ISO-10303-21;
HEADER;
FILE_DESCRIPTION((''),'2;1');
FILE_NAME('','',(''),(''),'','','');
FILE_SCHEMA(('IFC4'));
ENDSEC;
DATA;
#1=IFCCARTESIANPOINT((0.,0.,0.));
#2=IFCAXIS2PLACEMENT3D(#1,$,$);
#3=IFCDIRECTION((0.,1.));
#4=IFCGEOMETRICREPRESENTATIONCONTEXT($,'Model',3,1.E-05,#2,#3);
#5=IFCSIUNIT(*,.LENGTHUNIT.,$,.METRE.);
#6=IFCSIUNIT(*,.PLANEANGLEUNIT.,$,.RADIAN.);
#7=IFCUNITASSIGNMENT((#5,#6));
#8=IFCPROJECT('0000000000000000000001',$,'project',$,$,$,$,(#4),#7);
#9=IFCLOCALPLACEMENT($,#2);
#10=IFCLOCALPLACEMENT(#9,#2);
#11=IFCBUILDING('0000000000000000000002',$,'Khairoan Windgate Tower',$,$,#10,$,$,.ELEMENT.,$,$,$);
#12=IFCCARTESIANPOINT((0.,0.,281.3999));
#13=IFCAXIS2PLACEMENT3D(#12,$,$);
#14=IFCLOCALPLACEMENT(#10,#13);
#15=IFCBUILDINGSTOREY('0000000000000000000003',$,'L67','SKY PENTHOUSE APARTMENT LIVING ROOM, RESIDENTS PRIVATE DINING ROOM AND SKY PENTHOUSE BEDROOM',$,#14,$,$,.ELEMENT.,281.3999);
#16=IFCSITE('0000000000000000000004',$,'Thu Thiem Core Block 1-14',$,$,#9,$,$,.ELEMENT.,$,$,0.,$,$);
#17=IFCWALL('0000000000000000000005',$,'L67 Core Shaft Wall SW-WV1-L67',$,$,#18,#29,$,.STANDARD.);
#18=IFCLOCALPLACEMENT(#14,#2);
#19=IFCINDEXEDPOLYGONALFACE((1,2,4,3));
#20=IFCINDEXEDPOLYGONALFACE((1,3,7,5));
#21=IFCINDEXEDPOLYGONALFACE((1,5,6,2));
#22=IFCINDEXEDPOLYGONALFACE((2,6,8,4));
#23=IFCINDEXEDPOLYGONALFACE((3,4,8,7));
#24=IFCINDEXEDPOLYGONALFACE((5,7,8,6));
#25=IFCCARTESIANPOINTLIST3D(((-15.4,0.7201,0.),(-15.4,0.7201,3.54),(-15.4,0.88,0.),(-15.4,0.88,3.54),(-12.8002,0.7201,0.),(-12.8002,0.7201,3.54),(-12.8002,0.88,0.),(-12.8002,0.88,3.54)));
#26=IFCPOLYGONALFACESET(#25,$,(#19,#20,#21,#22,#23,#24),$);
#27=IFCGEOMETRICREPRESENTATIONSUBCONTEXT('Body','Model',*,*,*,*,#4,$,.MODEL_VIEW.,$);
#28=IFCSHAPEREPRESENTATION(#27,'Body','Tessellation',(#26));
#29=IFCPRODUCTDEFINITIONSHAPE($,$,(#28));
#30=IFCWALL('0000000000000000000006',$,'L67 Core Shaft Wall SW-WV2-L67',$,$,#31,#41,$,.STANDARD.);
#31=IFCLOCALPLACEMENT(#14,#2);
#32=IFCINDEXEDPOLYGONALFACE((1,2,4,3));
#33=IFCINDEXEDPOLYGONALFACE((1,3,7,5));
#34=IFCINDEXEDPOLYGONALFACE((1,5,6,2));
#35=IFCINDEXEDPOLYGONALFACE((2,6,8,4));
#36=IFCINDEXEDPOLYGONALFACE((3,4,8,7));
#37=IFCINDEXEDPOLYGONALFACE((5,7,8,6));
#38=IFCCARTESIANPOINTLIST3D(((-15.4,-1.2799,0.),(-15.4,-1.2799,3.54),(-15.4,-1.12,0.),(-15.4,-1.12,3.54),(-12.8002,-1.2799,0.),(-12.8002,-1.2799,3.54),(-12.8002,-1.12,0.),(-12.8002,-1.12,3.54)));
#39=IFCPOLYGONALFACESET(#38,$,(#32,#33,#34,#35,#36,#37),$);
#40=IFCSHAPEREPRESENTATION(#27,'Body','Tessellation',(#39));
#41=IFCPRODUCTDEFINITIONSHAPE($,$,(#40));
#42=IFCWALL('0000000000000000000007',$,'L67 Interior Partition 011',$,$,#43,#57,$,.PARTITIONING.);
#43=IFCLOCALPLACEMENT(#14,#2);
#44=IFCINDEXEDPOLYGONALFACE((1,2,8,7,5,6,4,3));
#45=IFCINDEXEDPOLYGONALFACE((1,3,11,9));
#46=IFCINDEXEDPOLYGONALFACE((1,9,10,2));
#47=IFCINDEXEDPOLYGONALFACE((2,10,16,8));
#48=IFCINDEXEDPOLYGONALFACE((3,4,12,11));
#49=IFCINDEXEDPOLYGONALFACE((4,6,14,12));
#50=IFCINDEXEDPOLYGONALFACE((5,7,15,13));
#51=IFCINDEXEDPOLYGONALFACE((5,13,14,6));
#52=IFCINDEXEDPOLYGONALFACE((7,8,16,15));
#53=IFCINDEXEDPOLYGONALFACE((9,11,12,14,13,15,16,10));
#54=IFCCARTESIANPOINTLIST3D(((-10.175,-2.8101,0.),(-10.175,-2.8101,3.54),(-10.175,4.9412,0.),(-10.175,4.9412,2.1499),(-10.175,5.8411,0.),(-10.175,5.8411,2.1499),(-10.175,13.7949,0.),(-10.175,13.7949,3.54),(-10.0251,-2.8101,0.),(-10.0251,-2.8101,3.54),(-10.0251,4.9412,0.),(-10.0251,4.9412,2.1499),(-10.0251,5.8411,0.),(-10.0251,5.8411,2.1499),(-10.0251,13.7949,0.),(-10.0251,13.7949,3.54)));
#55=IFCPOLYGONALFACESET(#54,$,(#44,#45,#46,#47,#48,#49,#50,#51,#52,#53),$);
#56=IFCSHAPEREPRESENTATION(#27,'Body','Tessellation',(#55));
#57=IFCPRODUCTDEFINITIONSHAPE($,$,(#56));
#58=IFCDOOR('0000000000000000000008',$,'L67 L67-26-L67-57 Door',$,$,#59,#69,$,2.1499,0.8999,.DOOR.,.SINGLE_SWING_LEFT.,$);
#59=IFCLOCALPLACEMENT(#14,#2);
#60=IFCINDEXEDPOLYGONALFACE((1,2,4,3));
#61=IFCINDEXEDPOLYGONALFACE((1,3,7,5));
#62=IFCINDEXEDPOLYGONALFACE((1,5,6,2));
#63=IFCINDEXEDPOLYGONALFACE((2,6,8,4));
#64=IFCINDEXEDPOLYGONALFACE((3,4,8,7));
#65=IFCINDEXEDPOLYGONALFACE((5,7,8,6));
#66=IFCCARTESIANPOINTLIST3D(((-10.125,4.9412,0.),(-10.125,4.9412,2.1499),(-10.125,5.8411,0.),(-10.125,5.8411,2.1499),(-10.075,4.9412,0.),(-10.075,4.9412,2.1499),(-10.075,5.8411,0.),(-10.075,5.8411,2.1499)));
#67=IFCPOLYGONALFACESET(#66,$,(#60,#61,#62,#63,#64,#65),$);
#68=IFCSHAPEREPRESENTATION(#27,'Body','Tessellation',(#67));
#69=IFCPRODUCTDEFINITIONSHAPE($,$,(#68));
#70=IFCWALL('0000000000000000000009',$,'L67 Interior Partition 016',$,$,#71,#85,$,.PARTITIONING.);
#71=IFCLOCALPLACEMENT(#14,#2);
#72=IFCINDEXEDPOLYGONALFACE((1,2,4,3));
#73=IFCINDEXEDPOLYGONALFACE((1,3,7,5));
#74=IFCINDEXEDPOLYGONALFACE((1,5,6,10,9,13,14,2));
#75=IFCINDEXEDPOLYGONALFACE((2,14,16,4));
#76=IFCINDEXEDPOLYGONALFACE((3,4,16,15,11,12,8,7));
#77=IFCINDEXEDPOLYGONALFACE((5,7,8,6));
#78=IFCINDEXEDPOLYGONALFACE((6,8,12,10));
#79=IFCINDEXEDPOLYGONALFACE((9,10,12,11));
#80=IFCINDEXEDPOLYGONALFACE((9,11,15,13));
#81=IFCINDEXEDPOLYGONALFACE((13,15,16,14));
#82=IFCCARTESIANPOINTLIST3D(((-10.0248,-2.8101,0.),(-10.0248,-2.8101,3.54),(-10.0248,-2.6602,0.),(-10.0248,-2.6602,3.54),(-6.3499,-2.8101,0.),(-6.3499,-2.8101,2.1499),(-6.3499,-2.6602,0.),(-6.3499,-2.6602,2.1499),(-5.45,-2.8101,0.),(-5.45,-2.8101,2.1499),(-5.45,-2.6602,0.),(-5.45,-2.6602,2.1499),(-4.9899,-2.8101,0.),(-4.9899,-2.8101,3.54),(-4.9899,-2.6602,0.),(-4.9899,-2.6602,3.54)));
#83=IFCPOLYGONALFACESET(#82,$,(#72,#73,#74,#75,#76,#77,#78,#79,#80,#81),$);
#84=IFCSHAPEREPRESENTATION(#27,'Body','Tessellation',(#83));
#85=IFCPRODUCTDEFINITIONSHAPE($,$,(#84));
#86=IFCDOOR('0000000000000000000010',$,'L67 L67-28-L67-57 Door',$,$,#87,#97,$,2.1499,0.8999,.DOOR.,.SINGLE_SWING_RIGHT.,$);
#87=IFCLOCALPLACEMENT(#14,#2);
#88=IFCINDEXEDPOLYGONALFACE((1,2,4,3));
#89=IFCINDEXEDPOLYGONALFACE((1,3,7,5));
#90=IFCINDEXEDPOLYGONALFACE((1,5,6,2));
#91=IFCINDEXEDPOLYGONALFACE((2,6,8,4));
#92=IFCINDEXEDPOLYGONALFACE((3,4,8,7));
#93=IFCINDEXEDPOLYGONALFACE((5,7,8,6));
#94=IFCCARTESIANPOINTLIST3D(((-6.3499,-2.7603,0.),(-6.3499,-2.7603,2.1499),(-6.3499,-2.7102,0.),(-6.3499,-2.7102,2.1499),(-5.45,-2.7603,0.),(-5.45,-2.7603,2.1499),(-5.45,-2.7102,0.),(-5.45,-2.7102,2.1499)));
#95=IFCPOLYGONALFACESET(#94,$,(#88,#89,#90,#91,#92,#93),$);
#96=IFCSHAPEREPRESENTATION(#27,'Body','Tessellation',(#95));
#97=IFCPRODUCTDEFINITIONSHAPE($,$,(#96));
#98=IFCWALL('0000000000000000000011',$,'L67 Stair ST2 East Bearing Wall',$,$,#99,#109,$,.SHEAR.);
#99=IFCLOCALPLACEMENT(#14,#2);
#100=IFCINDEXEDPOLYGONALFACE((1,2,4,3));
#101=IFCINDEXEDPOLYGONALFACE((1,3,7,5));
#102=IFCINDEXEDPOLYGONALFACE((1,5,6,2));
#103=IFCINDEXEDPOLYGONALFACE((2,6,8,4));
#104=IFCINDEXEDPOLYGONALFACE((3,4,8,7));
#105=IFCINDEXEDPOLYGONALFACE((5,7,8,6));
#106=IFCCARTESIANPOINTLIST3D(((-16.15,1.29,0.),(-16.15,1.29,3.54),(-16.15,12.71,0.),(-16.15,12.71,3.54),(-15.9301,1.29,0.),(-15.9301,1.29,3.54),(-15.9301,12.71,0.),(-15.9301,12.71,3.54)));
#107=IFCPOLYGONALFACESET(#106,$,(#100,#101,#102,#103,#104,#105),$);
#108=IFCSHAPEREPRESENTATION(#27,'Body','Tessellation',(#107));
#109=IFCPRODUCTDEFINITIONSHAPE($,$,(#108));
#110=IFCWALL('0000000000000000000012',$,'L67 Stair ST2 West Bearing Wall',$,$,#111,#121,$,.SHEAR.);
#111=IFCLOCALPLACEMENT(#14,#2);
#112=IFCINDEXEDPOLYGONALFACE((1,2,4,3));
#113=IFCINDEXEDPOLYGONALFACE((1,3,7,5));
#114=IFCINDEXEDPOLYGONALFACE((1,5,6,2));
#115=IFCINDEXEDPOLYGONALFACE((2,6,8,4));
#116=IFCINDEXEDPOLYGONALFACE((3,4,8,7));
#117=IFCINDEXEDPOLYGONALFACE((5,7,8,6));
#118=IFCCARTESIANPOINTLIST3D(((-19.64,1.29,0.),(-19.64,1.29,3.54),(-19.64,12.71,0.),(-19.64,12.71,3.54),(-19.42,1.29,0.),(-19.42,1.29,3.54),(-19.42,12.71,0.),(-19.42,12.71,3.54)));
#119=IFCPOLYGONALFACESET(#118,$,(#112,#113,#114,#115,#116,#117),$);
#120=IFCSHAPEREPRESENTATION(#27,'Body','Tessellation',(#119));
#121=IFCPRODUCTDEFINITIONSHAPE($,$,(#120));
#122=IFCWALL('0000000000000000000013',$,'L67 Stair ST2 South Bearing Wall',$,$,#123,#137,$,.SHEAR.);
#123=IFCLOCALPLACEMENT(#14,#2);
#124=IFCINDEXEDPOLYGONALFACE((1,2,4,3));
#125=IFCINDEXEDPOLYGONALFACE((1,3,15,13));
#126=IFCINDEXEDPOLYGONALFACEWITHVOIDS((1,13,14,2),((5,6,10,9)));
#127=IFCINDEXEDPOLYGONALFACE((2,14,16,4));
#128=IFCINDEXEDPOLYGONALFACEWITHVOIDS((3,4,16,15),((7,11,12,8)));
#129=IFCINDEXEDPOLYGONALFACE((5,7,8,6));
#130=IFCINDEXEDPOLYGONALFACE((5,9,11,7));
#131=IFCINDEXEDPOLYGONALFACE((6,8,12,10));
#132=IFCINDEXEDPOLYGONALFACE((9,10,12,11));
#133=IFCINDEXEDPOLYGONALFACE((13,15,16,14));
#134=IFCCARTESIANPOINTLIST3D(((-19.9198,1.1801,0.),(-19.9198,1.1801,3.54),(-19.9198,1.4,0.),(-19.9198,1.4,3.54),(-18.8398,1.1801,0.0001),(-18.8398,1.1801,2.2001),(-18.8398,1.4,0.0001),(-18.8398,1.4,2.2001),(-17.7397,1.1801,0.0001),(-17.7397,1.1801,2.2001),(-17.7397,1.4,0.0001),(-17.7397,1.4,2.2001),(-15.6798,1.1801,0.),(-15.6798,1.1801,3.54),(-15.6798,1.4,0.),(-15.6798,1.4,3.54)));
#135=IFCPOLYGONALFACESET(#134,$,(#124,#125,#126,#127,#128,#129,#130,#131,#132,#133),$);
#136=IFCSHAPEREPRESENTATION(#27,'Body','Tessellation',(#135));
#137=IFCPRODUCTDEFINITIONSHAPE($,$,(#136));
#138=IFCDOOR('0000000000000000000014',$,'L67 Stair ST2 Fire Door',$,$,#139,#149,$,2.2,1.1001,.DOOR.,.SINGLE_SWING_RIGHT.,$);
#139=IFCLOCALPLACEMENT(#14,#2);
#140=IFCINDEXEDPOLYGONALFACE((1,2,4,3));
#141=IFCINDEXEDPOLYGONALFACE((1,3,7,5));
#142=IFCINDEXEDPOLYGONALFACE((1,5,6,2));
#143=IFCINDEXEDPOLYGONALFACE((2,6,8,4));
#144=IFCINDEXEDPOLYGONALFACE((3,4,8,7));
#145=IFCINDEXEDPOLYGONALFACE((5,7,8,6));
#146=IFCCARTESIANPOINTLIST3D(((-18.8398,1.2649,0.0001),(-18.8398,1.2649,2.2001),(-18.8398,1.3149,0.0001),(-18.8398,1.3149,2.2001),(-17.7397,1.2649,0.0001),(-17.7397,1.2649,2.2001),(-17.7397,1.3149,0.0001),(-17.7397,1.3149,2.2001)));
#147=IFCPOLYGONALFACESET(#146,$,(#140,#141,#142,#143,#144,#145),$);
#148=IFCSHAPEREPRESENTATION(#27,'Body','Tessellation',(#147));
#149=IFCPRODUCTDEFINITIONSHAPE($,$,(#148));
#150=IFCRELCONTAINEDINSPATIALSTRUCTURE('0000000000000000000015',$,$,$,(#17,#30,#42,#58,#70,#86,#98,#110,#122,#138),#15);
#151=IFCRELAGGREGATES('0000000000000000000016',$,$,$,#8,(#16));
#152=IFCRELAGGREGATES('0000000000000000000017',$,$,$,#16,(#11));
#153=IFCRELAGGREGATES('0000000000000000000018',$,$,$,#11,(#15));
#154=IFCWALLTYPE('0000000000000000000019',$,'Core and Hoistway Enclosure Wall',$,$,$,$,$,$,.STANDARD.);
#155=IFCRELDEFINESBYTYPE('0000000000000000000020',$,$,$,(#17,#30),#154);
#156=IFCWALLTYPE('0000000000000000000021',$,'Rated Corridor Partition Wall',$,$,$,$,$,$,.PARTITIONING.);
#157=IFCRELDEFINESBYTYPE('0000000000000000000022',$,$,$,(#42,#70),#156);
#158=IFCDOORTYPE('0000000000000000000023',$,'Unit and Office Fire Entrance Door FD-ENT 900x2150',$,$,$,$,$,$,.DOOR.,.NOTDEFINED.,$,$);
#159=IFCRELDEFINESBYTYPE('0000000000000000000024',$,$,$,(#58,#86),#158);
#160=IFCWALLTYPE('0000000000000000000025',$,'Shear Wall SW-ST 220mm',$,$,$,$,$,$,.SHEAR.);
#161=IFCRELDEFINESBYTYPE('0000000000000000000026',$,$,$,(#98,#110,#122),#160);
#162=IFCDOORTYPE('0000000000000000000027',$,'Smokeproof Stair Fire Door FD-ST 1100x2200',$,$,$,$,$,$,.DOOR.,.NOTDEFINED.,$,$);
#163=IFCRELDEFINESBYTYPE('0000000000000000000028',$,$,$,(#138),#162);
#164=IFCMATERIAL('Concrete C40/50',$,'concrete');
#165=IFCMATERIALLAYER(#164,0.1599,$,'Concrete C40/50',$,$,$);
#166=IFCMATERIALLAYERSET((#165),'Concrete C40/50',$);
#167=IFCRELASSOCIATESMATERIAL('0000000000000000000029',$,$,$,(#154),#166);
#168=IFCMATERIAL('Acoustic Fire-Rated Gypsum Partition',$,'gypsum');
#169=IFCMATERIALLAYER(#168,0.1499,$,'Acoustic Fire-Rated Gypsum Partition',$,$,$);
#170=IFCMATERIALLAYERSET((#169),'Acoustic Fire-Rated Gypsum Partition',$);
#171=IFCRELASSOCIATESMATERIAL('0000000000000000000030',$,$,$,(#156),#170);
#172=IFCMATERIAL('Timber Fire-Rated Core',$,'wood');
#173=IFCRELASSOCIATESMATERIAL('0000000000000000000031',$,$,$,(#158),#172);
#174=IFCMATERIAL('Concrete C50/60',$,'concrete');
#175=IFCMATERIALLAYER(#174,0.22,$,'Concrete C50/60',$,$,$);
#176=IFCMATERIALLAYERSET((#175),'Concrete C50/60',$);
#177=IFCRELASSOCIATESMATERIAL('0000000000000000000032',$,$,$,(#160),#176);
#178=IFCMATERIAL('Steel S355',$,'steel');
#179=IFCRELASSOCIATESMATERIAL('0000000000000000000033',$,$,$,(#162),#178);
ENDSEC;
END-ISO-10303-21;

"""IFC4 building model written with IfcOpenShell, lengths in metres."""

from ifc_helpers import new_model, si_unit, direction, frame, frame_2d, origin, place, context, subcontext, project, spatial, rectangle, extrude, material, layer, layer_set, type_object, element, fill, save


model = new_model("IFC4")

# Units and contexts
model_context = context("Model", 3, precision=1e-05, world=origin(), true_north=direction((0.0, 1.0)))
body_context = subcontext(model_context, "Body", "Model", "MODEL_VIEW")
ifc_project = project(units=[si_unit("LENGTHUNIT", "METRE"), si_unit("PLANEANGLEUNIT", "RADIAN")], contexts=[model_context])

# Site, building, storey
site_placement = place(None, origin())
site = spatial("IfcSite", under=ifc_project, at=site_placement, Name="Thu Thiem Core Block 1-14", CompositionType="ELEMENT", RefElevation=0.0)
building_placement = place(site_placement, origin())
building = spatial("IfcBuilding", under=site, at=building_placement, Name="Khairoan Windgate Tower", CompositionType="ELEMENT")
storey_placement = place(building_placement, frame((0.0, 0.0, 281.3999)))
storey = spatial("IfcBuildingStorey", under=building, at=storey_placement, Name="L67", Description="SKY PENTHOUSE APARTMENT LIVING ROOM, RESIDENTS PRIVATE DINING ROOM AND SKY PENTHOUSE BEDROOM", CompositionType="ELEMENT", Elevation=281.3999)

# Shared definitions
ifc_material_1 = material(Name="Concrete C40/50", Category="concrete")
ifc_layer_1 = layer(ifc_material_1, 0.1599, Name="Concrete C40/50")
ifc_layer_set_1 = layer_set([ifc_layer_1], Name="Concrete C40/50")
wall_type_1 = type_object("IfcWallType", Name="Core and Hoistway Enclosure Wall", PredefinedType="STANDARD", material=ifc_layer_set_1)

# Walls
for number, where, z_axis, x_axis, name in (
    (1, (-15.3999, 0.8, 0.0), (0.0, 0.0, 1.0), (1.0, 0.0, 0.0), "L67 Core Shaft Wall SW-WV1-L67"),
    (2, (-15.3999, -1.2, 0.0), (0.0, 0.0, 1.0), (1.0, 0.0, 0.0), "L67 Core Shaft Wall SW-WV2-L67"),
):
    element("IfcWall", number, at=place(storey_placement, frame(where, z_axis=z_axis, x_axis=x_axis)), inside=storey, type_object=wall_type_1, Name=name, PredefinedType="STANDARD", context=body_context, shape_type="SweptSolid", body=[
        extrude(rectangle(XDim=2.5999, YDim=0.1599, at=frame_2d((1.2998, 0.0))), origin(), (0.0, 0.0, 1.0), 3.54),
    ])

# Walls, openings, doors
ifc_material_2 = material(Name="Acoustic Fire-Rated Gypsum Partition", Category="gypsum")
ifc_layer_2 = layer(ifc_material_2, 0.1499, Name="Acoustic Fire-Rated Gypsum Partition")
ifc_layer_set_2 = layer_set([ifc_layer_2], Name="Acoustic Fire-Rated Gypsum Partition")
wall_type_2 = type_object("IfcWallType", Name="Rated Corridor Partition Wall", PredefinedType="PARTITIONING", material=ifc_layer_set_2)
wall_1_placement = place(storey_placement, frame((-10.1001, -2.8101, 0.0), z_axis=(0.0, 0.0, 1.0), x_axis=(0.0, 1.0, 0.0)))
wall_1 = element("IfcWall", 3, at=wall_1_placement, inside=storey, type_object=wall_type_2, Name="L67 Interior Partition 011", PredefinedType="PARTITIONING", context=body_context, shape_type="SweptSolid", body=[
    extrude(rectangle(XDim=16.605, YDim=0.1499, at=frame_2d((8.3025, 0.0))), origin(), (0.0, 0.0, 1.0), 3.54),
])
opening_1_placement = place(wall_1_placement, frame((7.7512, 0.0, 0.0)))
opening_1 = element("IfcOpeningElement", 4, at=opening_1_placement, cuts=wall_1, PredefinedType="OPENING", context=body_context, shape_type="SweptSolid", body=[
    extrude(rectangle(XDim=0.8999, YDim=2.1499, at=frame_2d((0.45, 1.075))), frame((0.0, 0.085, 0.0), z_axis=(0.0, -1.0, 0.0), x_axis=(1.0, 0.0, 0.0)), (0.0, 0.0, 1.0), 0.1699),
])
ifc_material_3 = material(Name="Timber Fire-Rated Core", Category="wood")
door_type_1 = type_object("IfcDoorType", Name="Unit and Office Fire Entrance Door FD-ENT 900x2150", OperationType="NOTDEFINED", PredefinedType="DOOR", material=ifc_material_3)
door_1_placement = place(opening_1_placement, origin())
door_1 = element("IfcDoor", 5, at=door_1_placement, inside=storey, type_object=door_type_1, Name="L67 L67-26-L67-57 Door", OperationType="SINGLE_SWING_LEFT", OverallHeight=2.1499, OverallWidth=0.8999, PredefinedType="DOOR", context=body_context, shape_type="SweptSolid", body=[
    extrude(rectangle(XDim=0.8999, YDim=2.1499, at=frame_2d((0.45, 1.075))), frame((0.0, 0.0249, 0.0), z_axis=(0.0, -1.0, 0.0), x_axis=(1.0, 0.0, 0.0)), (0.0, 0.0, 1.0), 0.05),
])
fill(opening_1, door_1)
wall_2_placement = place(storey_placement, frame((-10.0249, -2.7351, 0.0), z_axis=(0.0, 0.0, 1.0), x_axis=(1.0, 0.0, 0.0)))
wall_2 = element("IfcWall", 6, at=wall_2_placement, inside=storey, type_object=wall_type_2, Name="L67 Interior Partition 016", PredefinedType="PARTITIONING", context=body_context, shape_type="SweptSolid", body=[
    extrude(rectangle(XDim=5.0349, YDim=0.1499, at=frame_2d((2.5176, 0.0))), origin(), (0.0, 0.0, 1.0), 3.54),
])
opening_2_placement = place(wall_2_placement, frame((3.675, 0.0, 0.0)))
opening_2 = element("IfcOpeningElement", 7, at=opening_2_placement, cuts=wall_2, PredefinedType="OPENING", context=body_context, shape_type="SweptSolid", body=[
    extrude(rectangle(XDim=0.8999, YDim=2.1499, at=frame_2d((0.45, 1.075))), frame((0.0, 0.085, 0.0), z_axis=(0.0, -1.0, 0.0), x_axis=(1.0, 0.0, 0.0)), (0.0, 0.0, 1.0), 0.1699),
])
door_2_placement = place(opening_2_placement, origin())
door_2 = element("IfcDoor", 8, at=door_2_placement, inside=storey, type_object=door_type_1, Name="L67 L67-28-L67-57 Door", OperationType="SINGLE_SWING_RIGHT", OverallHeight=2.1499, OverallWidth=0.8999, PredefinedType="DOOR", context=body_context, shape_type="SweptSolid", body=[
    extrude(rectangle(XDim=0.8999, YDim=2.1499, at=frame_2d((0.45, 1.075))), frame((0.0, 0.0249, 0.0), z_axis=(0.0, -1.0, 0.0), x_axis=(1.0, 0.0, 0.0)), (0.0, 0.0, 1.0), 0.05),
])
fill(opening_2, door_2)

# Walls
ifc_material_4 = material(Name="Concrete C50/60", Category="concrete")
ifc_layer_3 = layer(ifc_material_4, 0.22, Name="Concrete C50/60")
ifc_layer_set_3 = layer_set([ifc_layer_3], Name="Concrete C50/60")
wall_type_3 = type_object("IfcWallType", Name="Shear Wall SW-ST 220mm", PredefinedType="SHEAR", material=ifc_layer_set_3)
for number, where, z_axis, x_axis, name in (
    (9, (-16.04, 1.29, 0.0), (0.0, 0.0, 1.0), (0.0, 1.0, 0.0), "L67 Stair ST2 East Bearing Wall"),
    (10, (-19.53, 1.29, 0.0), (0.0, 0.0, 1.0), (0.0, 1.0, 0.0), "L67 Stair ST2 West Bearing Wall"),
):
    element("IfcWall", number, at=place(storey_placement, frame(where, z_axis=z_axis, x_axis=x_axis)), inside=storey, type_object=wall_type_3, Name=name, PredefinedType="SHEAR", context=body_context, shape_type="SweptSolid", body=[
        extrude(rectangle(XDim=11.4199, YDim=0.22, at=frame_2d((5.71, 0.0))), origin(), (0.0, 0.0, 1.0), 3.54),
    ])

# Wall, opening, door
wall_3_placement = place(storey_placement, frame((-19.9199, 1.29, 0.0), z_axis=(0.0, 0.0, 1.0), x_axis=(1.0, 0.0, 0.0)))
wall_3 = element("IfcWall", 11, at=wall_3_placement, inside=storey, type_object=wall_type_3, Name="L67 Stair ST2 South Bearing Wall", PredefinedType="SHEAR", context=body_context, shape_type="SweptSolid", body=[
    extrude(rectangle(XDim=4.24, YDim=0.22, at=frame_2d((2.1201, 0.0))), origin(), (0.0, 0.0, 1.0), 3.54),
])
opening_3_placement = place(wall_3_placement, frame((1.0801, 0.0, 0.0)))
opening_3 = element("IfcOpeningElement", 12, at=opening_3_placement, cuts=wall_3, PredefinedType="OPENING", context=body_context, shape_type="SweptSolid", body=[
    extrude(rectangle(XDim=1.1001, YDim=2.2, at=frame_2d((0.55, 1.1001))), frame((0.0, 0.1199, 0.0), z_axis=(0.0, -1.0, 0.0), x_axis=(1.0, 0.0, 0.0)), (0.0, 0.0, 1.0), 0.24),
])
ifc_material_5 = material(Name="Steel S355", Category="steel")
door_type_2 = type_object("IfcDoorType", Name="Smokeproof Stair Fire Door FD-ST 1100x2200", OperationType="NOTDEFINED", PredefinedType="DOOR", material=ifc_material_5)
door_3_placement = place(opening_3_placement, origin())
door_3 = element("IfcDoor", 13, at=door_3_placement, inside=storey, type_object=door_type_2, Name="L67 Stair ST2 Fire Door", OperationType="SINGLE_SWING_RIGHT", OverallHeight=2.2, OverallWidth=1.1001, PredefinedType="DOOR", context=body_context, shape_type="SweptSolid", body=[
    extrude(rectangle(XDim=1.1001, YDim=2.2, at=frame_2d((0.55, 1.1001))), frame((0.0, 0.0249, 0.0), z_axis=(0.0, -1.0, 0.0), x_axis=(1.0, 0.0, 0.0)), (0.0, 0.0, 1.0), 0.05),
])
fill(opening_3, door_3)

save(model, "model.ifc")
